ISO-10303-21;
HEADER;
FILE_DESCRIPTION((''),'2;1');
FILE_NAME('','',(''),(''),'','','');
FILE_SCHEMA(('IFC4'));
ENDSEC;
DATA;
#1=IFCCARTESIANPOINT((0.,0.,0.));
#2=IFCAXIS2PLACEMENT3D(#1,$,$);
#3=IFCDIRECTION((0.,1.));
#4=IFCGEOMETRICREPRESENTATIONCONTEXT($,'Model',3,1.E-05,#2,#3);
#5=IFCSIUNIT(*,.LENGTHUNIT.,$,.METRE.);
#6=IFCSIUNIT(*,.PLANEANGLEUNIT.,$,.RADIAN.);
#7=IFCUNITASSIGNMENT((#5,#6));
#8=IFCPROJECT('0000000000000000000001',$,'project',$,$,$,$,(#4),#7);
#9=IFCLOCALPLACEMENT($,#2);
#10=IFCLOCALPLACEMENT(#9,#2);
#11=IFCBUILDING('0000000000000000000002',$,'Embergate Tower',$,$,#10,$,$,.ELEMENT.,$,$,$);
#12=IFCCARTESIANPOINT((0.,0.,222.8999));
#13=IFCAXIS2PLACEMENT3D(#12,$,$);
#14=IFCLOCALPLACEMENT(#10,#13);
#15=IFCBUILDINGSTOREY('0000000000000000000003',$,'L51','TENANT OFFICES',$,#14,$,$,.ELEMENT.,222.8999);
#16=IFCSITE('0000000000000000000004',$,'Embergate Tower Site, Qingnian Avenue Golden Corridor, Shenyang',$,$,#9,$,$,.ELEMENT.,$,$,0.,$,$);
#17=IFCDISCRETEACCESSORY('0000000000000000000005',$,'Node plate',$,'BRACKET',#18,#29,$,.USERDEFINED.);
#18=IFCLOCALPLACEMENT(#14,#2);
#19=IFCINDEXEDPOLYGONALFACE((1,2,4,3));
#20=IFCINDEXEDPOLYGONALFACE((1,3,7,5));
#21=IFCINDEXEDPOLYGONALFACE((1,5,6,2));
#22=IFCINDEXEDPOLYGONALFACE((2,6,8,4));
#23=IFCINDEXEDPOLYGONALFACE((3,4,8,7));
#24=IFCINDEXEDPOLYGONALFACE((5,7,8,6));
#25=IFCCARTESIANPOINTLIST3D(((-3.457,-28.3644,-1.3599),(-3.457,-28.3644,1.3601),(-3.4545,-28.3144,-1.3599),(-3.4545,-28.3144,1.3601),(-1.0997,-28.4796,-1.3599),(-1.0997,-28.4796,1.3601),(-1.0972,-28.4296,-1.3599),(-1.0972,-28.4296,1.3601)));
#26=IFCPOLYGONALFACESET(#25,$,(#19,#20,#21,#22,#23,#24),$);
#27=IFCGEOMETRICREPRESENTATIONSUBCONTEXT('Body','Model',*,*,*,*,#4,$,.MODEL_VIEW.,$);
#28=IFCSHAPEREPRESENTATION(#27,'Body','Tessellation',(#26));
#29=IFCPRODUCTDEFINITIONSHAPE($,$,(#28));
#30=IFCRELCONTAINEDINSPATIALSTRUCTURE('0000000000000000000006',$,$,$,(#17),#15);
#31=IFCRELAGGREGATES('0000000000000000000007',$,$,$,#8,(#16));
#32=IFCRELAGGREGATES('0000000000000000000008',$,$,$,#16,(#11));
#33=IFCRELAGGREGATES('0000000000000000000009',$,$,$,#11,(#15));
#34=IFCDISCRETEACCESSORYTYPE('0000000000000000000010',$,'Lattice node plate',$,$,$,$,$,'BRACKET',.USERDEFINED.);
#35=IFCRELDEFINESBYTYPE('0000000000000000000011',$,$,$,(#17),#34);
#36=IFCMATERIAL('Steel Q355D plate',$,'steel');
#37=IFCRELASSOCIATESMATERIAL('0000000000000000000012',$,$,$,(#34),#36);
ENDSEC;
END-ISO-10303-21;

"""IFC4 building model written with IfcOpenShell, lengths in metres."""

from ifc_helpers import new_model, si_unit, direction, frame, origin, origin_2d, place, context, subcontext, project, spatial, rectangle, extrude, source, transform, mapped, material, type_object, element, save


model = new_model("IFC4")

# Units and contexts
model_context = context("Model", 3, precision=1e-05, world=origin(), true_north=direction((0.0, 1.0)))
body_context = subcontext(model_context, "Body", "Model", "MODEL_VIEW")
ifc_project = project(units=[si_unit("LENGTHUNIT", "METRE"), si_unit("PLANEANGLEUNIT", "RADIAN")], contexts=[model_context])

# Site, building, storey
site_placement = place(None, origin())
site = spatial("IfcSite", under=ifc_project, at=site_placement, Name="Embergate Tower Site, Qingnian Avenue Golden Corridor, Shenyang", CompositionType="ELEMENT", RefElevation=0.0)
building_placement = place(site_placement, origin())
building = spatial("IfcBuilding", under=site, at=building_placement, Name="Embergate Tower", CompositionType="ELEMENT")
storey_placement = place(building_placement, frame((0.0, 0.0, 222.8999)))
storey = spatial("IfcBuildingStorey", under=building, at=storey_placement, Name="L51", Description="TENANT OFFICES", CompositionType="ELEMENT", Elevation=222.8999)

# Discrete accessory
ifc_material_1 = material(Name="Steel Q355D plate", Category="steel")
discrete_accessory_type = type_object("IfcDiscreteAccessoryType", Name="Lattice node plate", ElementType="BRACKET", PredefinedType="USERDEFINED", material=ifc_material_1)
shared_shape_1 = source(origin(), body_context, "Body", "SweptSolid", [
    extrude(rectangle(XDim=2.3601, YDim=0.05, at=origin_2d()), origin(), (0.0, 0.0, 1.0), 2.72),
])
discrete_accessory_placement = place(storey_placement, frame((-2.2771, -28.397, -1.3599), z_axis=(0.0, 0.0, 1.0), x_axis=(0.998808, -0.048815, 0.0)))
element("IfcDiscreteAccessory", 1, at=discrete_accessory_placement, inside=storey, type_object=discrete_accessory_type, Name="Node plate", ObjectType="BRACKET", PredefinedType="USERDEFINED", context=body_context, shape_type="MappedRepresentation", body=[
    mapped(shared_shape_1, transform((0.0, 0.0, 0.0))),
])

save(model, "model.ifc")
